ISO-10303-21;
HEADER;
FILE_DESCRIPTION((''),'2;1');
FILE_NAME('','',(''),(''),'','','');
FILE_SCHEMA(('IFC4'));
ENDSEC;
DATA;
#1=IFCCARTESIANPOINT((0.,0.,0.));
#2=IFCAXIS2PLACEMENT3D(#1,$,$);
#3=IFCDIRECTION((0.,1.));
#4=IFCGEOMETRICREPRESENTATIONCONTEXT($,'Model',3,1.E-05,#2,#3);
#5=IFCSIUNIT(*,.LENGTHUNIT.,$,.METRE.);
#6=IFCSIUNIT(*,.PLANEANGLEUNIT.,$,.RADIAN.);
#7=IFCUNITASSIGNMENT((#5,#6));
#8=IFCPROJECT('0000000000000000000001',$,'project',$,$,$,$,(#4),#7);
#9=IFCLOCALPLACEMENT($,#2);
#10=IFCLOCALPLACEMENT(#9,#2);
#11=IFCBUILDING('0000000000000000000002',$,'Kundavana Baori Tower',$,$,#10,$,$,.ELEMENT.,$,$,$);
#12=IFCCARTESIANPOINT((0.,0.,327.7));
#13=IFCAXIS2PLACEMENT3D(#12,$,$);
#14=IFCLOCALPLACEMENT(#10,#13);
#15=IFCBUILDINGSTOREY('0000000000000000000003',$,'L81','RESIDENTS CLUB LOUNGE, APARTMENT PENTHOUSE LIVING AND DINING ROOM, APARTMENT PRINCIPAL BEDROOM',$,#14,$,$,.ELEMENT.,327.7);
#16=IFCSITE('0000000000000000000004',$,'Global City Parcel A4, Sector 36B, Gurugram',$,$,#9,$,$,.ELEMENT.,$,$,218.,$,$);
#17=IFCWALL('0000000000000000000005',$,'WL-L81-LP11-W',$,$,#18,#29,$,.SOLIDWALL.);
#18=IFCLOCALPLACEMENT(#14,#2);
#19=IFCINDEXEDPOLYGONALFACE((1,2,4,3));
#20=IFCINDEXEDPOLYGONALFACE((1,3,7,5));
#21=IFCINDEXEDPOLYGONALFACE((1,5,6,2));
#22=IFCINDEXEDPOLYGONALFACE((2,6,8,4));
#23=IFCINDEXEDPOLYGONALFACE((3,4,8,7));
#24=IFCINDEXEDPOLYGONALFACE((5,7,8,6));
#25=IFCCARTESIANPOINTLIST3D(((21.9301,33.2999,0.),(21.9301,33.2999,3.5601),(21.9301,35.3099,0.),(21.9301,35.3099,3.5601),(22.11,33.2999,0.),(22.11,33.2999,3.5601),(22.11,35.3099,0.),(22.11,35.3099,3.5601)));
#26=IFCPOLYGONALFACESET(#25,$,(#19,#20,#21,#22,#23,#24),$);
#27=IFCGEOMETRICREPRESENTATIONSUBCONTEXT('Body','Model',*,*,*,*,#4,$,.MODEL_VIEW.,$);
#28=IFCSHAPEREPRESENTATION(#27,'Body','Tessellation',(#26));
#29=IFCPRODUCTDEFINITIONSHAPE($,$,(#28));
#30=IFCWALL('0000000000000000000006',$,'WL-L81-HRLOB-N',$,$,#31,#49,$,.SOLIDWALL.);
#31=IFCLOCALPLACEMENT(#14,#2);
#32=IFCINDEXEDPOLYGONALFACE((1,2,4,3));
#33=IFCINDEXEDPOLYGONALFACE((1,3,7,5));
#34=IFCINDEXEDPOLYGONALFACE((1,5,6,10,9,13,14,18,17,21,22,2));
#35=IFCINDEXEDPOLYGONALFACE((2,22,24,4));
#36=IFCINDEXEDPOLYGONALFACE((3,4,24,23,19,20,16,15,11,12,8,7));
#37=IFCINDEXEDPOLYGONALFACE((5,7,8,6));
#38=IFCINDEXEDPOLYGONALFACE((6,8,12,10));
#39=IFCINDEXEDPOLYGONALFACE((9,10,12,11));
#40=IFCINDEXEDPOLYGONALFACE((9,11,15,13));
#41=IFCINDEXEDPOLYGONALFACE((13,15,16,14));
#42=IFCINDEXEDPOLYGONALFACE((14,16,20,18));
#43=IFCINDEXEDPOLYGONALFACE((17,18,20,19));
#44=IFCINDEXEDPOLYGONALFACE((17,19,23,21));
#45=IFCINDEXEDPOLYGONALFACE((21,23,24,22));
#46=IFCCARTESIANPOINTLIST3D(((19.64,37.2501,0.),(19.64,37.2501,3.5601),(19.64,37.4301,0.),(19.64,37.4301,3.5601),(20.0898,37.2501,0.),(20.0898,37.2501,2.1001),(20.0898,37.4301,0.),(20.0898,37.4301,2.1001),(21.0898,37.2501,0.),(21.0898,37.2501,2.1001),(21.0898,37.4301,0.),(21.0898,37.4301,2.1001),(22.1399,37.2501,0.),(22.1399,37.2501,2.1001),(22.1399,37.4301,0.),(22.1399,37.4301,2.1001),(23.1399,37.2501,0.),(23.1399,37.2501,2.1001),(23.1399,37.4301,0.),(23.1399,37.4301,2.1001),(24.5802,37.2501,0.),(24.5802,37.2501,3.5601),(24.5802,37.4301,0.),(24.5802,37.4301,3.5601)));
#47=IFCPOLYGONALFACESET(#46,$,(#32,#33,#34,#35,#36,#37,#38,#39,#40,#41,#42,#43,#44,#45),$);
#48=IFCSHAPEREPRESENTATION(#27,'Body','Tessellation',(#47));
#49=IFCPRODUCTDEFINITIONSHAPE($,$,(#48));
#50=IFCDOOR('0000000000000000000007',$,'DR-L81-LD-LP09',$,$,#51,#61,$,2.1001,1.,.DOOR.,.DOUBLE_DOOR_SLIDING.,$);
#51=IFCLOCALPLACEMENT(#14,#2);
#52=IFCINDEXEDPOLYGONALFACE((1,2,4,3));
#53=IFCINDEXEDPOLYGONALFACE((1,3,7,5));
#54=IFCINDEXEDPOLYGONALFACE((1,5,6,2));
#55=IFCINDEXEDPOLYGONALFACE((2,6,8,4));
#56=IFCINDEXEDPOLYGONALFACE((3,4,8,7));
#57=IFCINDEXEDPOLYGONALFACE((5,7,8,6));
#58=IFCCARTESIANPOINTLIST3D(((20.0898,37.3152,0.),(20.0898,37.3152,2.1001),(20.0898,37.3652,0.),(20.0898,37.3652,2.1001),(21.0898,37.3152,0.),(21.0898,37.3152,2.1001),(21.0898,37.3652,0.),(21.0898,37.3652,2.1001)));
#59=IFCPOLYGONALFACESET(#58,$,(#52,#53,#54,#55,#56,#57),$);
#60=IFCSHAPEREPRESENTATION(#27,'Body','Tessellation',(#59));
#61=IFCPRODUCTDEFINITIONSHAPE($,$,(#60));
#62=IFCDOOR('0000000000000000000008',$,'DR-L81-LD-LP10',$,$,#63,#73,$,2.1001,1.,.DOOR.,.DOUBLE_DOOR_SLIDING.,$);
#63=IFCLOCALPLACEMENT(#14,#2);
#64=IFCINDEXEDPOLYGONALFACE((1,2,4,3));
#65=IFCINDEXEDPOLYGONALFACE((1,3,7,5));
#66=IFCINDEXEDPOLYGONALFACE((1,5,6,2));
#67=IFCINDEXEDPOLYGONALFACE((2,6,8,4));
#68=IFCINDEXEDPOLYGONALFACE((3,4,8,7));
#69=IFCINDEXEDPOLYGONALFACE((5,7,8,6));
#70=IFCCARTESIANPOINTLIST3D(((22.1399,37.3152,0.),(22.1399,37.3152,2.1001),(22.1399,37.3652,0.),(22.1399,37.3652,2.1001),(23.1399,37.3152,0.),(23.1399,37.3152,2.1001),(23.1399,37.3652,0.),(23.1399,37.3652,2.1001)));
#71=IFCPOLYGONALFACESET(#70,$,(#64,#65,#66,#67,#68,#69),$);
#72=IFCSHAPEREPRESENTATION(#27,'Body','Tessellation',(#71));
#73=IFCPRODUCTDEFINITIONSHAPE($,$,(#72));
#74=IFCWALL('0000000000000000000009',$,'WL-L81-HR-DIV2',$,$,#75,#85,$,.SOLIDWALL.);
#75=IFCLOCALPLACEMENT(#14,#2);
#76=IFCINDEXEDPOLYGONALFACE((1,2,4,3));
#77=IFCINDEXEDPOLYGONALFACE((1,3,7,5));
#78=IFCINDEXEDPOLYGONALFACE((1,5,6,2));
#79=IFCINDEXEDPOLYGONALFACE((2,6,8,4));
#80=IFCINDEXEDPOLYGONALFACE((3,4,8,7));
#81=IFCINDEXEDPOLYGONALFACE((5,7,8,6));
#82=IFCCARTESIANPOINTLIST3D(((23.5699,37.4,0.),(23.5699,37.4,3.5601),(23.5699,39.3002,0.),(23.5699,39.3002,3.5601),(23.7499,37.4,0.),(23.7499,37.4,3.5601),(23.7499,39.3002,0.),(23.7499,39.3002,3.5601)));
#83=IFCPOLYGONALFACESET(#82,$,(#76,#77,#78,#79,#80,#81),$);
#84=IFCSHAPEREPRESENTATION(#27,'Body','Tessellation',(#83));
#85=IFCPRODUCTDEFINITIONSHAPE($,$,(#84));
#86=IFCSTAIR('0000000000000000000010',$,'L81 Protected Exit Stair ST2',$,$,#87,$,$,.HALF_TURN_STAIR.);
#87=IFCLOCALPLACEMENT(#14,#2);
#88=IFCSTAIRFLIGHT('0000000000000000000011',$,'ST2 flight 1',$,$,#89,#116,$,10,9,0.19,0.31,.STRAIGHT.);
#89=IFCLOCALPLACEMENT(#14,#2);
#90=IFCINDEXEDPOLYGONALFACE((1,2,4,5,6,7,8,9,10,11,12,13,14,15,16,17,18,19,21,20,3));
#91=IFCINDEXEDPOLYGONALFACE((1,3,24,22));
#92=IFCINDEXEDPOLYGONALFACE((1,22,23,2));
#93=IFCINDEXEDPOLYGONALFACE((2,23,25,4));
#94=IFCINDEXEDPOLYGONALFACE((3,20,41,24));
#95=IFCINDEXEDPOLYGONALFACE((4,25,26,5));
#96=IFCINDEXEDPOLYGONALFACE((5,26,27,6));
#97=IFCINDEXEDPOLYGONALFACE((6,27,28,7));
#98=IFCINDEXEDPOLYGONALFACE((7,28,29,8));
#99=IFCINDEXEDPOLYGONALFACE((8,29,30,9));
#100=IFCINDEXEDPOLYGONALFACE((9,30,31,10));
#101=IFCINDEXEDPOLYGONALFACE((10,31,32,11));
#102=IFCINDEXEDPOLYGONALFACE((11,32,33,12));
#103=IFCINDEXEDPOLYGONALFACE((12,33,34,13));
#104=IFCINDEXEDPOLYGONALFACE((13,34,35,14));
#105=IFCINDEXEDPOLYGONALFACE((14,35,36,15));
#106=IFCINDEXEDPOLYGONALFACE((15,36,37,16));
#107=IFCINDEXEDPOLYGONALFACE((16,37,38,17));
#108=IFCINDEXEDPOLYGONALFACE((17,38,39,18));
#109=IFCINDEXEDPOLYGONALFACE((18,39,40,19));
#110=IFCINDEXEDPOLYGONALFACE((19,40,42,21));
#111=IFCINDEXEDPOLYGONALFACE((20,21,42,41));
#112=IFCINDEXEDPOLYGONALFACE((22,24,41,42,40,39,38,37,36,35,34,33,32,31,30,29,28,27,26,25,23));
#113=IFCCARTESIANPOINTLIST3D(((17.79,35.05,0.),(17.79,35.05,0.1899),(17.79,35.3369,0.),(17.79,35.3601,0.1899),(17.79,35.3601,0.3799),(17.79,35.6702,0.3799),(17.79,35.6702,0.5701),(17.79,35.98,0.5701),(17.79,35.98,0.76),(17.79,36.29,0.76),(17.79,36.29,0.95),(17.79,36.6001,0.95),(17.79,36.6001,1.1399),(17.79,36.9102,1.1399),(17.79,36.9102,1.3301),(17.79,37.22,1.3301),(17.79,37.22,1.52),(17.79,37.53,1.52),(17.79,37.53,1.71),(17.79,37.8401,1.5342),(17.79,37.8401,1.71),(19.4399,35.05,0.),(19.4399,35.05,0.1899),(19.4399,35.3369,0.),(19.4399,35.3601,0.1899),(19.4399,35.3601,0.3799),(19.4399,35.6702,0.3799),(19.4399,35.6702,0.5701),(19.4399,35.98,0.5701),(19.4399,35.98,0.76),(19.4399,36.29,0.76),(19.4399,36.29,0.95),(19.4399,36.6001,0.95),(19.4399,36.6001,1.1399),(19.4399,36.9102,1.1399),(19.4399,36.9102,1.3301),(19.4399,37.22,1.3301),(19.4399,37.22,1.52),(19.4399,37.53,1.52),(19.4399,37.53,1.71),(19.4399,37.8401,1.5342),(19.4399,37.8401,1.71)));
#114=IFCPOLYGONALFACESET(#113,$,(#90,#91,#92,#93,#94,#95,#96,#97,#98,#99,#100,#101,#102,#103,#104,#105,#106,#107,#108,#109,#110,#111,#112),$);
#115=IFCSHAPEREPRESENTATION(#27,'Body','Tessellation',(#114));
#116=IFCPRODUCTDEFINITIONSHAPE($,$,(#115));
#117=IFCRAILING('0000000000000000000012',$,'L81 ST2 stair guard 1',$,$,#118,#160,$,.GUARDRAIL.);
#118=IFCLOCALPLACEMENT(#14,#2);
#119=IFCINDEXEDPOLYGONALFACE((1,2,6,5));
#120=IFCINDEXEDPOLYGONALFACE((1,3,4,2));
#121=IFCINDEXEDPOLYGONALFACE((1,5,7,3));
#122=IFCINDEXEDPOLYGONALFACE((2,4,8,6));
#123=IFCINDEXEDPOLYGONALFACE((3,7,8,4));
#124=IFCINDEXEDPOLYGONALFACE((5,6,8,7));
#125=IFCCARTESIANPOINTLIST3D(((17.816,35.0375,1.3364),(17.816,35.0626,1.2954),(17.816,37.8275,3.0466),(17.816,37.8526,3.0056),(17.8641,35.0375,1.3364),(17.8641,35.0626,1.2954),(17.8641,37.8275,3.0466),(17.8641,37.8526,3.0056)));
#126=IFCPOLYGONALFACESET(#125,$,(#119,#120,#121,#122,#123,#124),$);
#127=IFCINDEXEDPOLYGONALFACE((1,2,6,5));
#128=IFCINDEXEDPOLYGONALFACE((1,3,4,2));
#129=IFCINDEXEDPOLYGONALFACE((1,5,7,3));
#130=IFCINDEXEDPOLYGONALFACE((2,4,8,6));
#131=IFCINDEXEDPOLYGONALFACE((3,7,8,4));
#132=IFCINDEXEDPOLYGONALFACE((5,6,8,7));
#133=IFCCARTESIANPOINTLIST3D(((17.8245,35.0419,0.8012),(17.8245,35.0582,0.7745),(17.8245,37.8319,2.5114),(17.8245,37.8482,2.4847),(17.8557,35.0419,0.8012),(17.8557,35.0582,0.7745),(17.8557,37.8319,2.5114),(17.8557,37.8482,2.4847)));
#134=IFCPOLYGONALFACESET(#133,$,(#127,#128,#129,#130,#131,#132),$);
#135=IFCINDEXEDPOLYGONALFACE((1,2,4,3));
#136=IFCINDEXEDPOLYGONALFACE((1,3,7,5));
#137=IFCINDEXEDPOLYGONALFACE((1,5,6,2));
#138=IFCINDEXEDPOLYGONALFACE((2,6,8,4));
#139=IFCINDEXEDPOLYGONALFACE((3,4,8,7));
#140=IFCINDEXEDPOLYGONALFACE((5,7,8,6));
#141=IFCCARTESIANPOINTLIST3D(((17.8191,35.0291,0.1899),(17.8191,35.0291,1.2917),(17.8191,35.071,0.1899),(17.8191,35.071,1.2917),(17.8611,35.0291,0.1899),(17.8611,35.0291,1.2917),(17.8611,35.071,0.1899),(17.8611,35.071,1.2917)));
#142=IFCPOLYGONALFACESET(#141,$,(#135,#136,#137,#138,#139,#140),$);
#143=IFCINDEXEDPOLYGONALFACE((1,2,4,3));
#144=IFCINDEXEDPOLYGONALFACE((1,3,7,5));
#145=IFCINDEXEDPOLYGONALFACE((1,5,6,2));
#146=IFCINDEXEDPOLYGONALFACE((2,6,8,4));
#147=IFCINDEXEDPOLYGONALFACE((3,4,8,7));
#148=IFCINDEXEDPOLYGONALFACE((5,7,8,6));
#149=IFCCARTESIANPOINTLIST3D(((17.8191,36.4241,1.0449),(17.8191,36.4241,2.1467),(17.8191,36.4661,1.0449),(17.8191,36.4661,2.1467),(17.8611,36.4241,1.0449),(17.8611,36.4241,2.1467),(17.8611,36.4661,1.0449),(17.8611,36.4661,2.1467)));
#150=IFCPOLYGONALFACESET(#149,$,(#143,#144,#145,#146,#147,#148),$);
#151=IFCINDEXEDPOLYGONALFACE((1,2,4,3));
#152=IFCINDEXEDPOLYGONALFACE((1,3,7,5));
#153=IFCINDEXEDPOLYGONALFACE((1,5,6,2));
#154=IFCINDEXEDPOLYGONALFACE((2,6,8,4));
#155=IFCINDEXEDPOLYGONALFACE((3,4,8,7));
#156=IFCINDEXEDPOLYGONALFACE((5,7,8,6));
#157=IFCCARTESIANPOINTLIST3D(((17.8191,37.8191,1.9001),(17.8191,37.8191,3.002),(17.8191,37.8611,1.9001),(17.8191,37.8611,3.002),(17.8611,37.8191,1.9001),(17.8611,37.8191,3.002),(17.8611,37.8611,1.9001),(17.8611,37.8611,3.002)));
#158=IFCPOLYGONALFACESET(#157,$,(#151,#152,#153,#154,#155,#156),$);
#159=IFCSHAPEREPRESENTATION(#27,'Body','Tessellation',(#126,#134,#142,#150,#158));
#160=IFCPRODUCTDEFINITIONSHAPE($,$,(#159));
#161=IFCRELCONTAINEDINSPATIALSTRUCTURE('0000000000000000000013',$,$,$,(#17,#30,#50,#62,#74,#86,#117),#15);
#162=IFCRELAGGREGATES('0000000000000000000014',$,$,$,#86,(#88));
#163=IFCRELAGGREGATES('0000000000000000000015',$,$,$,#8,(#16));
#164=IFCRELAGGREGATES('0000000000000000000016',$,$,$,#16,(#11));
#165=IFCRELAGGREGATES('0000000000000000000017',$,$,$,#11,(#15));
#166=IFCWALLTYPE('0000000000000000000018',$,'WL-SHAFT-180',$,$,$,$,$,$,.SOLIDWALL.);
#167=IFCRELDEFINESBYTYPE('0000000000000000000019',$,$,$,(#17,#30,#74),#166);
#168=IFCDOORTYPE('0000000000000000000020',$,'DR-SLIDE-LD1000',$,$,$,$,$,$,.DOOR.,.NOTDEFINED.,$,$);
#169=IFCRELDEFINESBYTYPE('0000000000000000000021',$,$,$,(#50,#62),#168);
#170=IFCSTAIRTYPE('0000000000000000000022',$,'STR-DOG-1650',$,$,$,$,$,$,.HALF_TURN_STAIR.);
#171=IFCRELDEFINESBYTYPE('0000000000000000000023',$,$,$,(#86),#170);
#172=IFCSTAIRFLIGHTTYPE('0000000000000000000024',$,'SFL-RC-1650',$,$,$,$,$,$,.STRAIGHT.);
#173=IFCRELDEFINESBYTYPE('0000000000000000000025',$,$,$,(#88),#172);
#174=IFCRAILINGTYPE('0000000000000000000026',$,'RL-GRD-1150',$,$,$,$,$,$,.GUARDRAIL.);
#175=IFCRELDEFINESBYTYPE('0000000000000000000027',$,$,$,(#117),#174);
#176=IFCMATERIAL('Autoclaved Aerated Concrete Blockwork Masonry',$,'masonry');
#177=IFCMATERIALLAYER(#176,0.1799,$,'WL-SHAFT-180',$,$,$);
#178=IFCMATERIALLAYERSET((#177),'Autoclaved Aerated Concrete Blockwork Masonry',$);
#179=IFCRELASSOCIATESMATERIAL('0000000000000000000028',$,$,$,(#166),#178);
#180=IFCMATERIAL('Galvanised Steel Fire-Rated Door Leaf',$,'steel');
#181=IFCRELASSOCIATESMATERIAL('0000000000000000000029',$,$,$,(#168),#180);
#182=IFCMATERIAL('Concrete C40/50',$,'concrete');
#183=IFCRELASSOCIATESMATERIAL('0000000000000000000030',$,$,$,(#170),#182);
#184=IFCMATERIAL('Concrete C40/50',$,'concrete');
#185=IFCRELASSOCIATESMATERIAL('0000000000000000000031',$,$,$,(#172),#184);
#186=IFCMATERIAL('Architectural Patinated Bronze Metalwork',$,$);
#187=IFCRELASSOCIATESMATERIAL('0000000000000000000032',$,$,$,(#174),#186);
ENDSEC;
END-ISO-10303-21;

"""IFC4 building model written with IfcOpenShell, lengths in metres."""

from ifc_helpers import new_model, si_unit, direction, frame, frame_2d, origin, origin_2d, place, context, subcontext, project, spatial, polyline, rectangle, outline, extrude, material, layer, layer_set, type_object, element, fill, aggregate, save


model = new_model("IFC4")

# Units and contexts
model_context = context("Model", 3, precision=1e-05, world=origin(), true_north=direction((0.0, 1.0)))
body_context = subcontext(model_context, "Body", "Model", "MODEL_VIEW")
ifc_project = project(units=[si_unit("LENGTHUNIT", "METRE"), si_unit("PLANEANGLEUNIT", "RADIAN")], contexts=[model_context])

# Site, building, storey
site_placement = place(None, origin())
site = spatial("IfcSite", under=ifc_project, at=site_placement, Name="Global City Parcel A4, Sector 36B, Gurugram", CompositionType="ELEMENT", RefElevation=218.0)
building_placement = place(site_placement, origin())
building = spatial("IfcBuilding", under=site, at=building_placement, Name="Kundavana Baori Tower", CompositionType="ELEMENT")
storey_placement = place(building_placement, frame((0.0, 0.0, 327.7)))
storey = spatial("IfcBuildingStorey", under=building, at=storey_placement, Name="L81", Description="RESIDENTS CLUB LOUNGE, APARTMENT PENTHOUSE LIVING AND DINING ROOM, APARTMENT PRINCIPAL BEDROOM", CompositionType="ELEMENT", Elevation=327.7)

# Shared definitions
ifc_material_1 = material(Name="Autoclaved Aerated Concrete Blockwork Masonry", Category="masonry")
ifc_layer_1 = layer(ifc_material_1, 0.1799, Name="WL-SHAFT-180")
ifc_layer_set_1 = layer_set([ifc_layer_1], Name="Autoclaved Aerated Concrete Blockwork Masonry")
wall_type_1 = type_object("IfcWallType", Name="WL-SHAFT-180", PredefinedType="SOLIDWALL", material=ifc_layer_set_1)

# Shared definitions
ifc_material_2 = material(Name="Galvanised Steel Fire-Rated Door Leaf", Category="steel")
door_type_1 = type_object("IfcDoorType", Name="DR-SLIDE-LD1000", OperationType="NOTDEFINED", PredefinedType="DOOR", material=ifc_material_2)

# Wall
wall_1_placement = place(storey_placement, frame((22.02, 33.3, 0.0), z_axis=(0.0, 0.0, 1.0), x_axis=(0.0, 1.0, 0.0)))
element("IfcWall", 1, at=wall_1_placement, inside=storey, type_object=wall_type_1, Name="WL-L81-LP11-W", PredefinedType="SOLIDWALL", context=body_context, shape_type="SweptSolid", body=[
    extrude(rectangle(XDim=2.01, YDim=0.1799, at=frame_2d((1.0049, 0.0))), origin(), (0.0, 0.0, 1.0), 3.5601),
])

# Wall, openings, doors
wall_2_placement = place(storey_placement, frame((19.6399, 37.3401, 0.0), z_axis=(0.0, 0.0, 1.0), x_axis=(1.0, 0.0, 0.0)))
wall_2 = element("IfcWall", 2, at=wall_2_placement, inside=storey, type_object=wall_type_1, Name="WL-L81-HRLOB-N", PredefinedType="SOLIDWALL", context=body_context, shape_type="SweptSolid", body=[
    extrude(rectangle(XDim=4.9402, YDim=0.1799, at=frame_2d((2.4702, 0.0))), origin(), (0.0, 0.0, 1.0), 3.5601),
])
opening_1_placement = place(wall_2_placement, frame((0.45, 0.0, 0.0)))
opening_1 = element("IfcOpeningElement", 3, at=opening_1_placement, cuts=wall_2, PredefinedType="OPENING", context=body_context, shape_type="SweptSolid", body=[
    extrude(rectangle(XDim=1.0, YDim=2.1001, at=frame_2d((0.5, 1.05))), frame((0.0, 0.1001, 0.0), z_axis=(0.0, -1.0, 0.0), x_axis=(1.0, 0.0, 0.0)), (0.0, 0.0, 1.0), 0.2),
])
opening_2_placement = place(wall_2_placement, frame((2.5, 0.0, 0.0)))
opening_2 = element("IfcOpeningElement", 4, at=opening_2_placement, cuts=wall_2, PredefinedType="OPENING", context=body_context, shape_type="SweptSolid", body=[
    extrude(rectangle(XDim=1.0, YDim=2.1001, at=frame_2d((0.5, 1.05))), frame((0.0, 0.1001, 0.0), z_axis=(0.0, -1.0, 0.0), x_axis=(1.0, 0.0, 0.0)), (0.0, 0.0, 1.0), 0.2),
])
door_1_placement = place(opening_1_placement, frame((1.0, 0.0, 0.0), z_axis=(0.0, 0.0, 1.0), x_axis=(-1.0, 0.0, 0.0)))
door_1 = element("IfcDoor", 5, at=door_1_placement, inside=storey, type_object=door_type_1, Name="DR-L81-LD-LP09", OperationType="DOUBLE_DOOR_SLIDING", OverallHeight=2.1001, OverallWidth=1.0, PredefinedType="DOOR", context=body_context, shape_type="SweptSolid", body=[
    extrude(rectangle(XDim=1.0, YDim=2.1001, at=frame_2d((0.5, 1.05))), frame((0.0, 0.0249, 0.0), z_axis=(0.0, -1.0, 0.0), x_axis=(1.0, 0.0, 0.0)), (0.0, 0.0, 1.0), 0.05),
])
fill(opening_1, door_1)
door_2_placement = place(opening_2_placement, frame((1.0, 0.0, 0.0), z_axis=(0.0, 0.0, 1.0), x_axis=(-1.0, 0.0, 0.0)))
door_2 = element("IfcDoor", 6, at=door_2_placement, inside=storey, type_object=door_type_1, Name="DR-L81-LD-LP10", OperationType="DOUBLE_DOOR_SLIDING", OverallHeight=2.1001, OverallWidth=1.0, PredefinedType="DOOR", context=body_context, shape_type="SweptSolid", body=[
    extrude(rectangle(XDim=1.0, YDim=2.1001, at=frame_2d((0.5, 1.05))), frame((0.0, 0.0249, 0.0), z_axis=(0.0, -1.0, 0.0), x_axis=(1.0, 0.0, 0.0)), (0.0, 0.0, 1.0), 0.05),
])
fill(opening_2, door_2)

# Wall
wall_3_placement = place(storey_placement, frame((23.6599, 37.3999, 0.0), z_axis=(0.0, 0.0, 1.0), x_axis=(0.0, 1.0, 0.0)))
element("IfcWall", 7, at=wall_3_placement, inside=storey, type_object=wall_type_1, Name="WL-L81-HR-DIV2", PredefinedType="SOLIDWALL", context=body_context, shape_type="SweptSolid", body=[
    extrude(rectangle(XDim=1.9001, YDim=0.1799, at=frame_2d((0.9502, 0.0))), origin(), (0.0, 0.0, 1.0), 3.5601),
])

# Stair, stair flight
ifc_material_3 = material(Name="Concrete C40/50", Category="concrete")
stair_type = type_object("IfcStairType", Name="STR-DOG-1650", PredefinedType="HALF_TURN_STAIR", material=ifc_material_3)
stair_placement = place(storey_placement, origin())
stair = element("IfcStair", 8, at=stair_placement, inside=storey, type_object=stair_type, Name="L81 Protected Exit Stair ST2", PredefinedType="HALF_TURN_STAIR")
ifc_material_4 = material(Name="Concrete C40/50", Category="concrete")
stair_flight_type = type_object("IfcStairFlightType", Name="SFL-RC-1650", PredefinedType="STRAIGHT", material=ifc_material_4)
stair_flight_placement = place(storey_placement, frame((18.615, 35.05, 0.0), z_axis=(0.0, 0.0, 1.0), x_axis=(0.0, 1.0, 0.0)))
stair_flight = element("IfcStairFlight", 9, at=stair_flight_placement, type_object=stair_flight_type, Name="ST2 flight 1", NumberOfRisers=10, NumberOfTreads=9, PredefinedType="STRAIGHT", RiserHeight=0.19, TreadLength=0.31, context=body_context, shape_type="SweptSolid", body=[
    extrude(outline(polyline([(0.0, 0.0), (0.0, 0.1899), (0.3101, 0.1899), (0.3101, 0.3799), (0.6201, 0.3799), (0.6201, 0.5701), (0.9299, 0.5701), (0.9299, 0.76), (1.24, 0.76), (1.24, 0.95), (1.55, 0.95), (1.55, 1.1399), (1.8601, 1.1399), (1.8601, 1.3301), (2.1699, 1.3301), (2.1699, 1.52), (2.48, 1.52), (2.48, 1.71), (2.79, 1.71), (2.79, 1.8999), (2.79, 1.5342), (0.2869, 0.0), (0.0, 0.0)])), frame((0.0, 0.825, 0.0), z_axis=(0.0, -1.0, 0.0), x_axis=(1.0, 0.0, 0.0)), (0.0, 0.0, 1.0), 1.6499),
])
aggregate(stair, [stair_flight])

# Railing
ifc_material_5 = material(Name="Architectural Patinated Bronze Metalwork")
railing_type_1 = type_object("IfcRailingType", Name="RL-GRD-1150", PredefinedType="GUARDRAIL", material=ifc_material_5)
railing_1_placement = place(storey_placement, frame((17.8401, 35.05, 0.1899)))
element("IfcRailing", 10, at=railing_1_placement, inside=storey, type_object=railing_type_1, Name="L81 ST2 stair guard 1", PredefinedType="GUARDRAIL", context=body_context, shape_type="SweptSolid", body=[
    extrude(rectangle(XDim=0.0481, YDim=0.0481, at=origin_2d()), frame((0.0, 0.0, 1.126), z_axis=(0.0, 0.852577, 0.522602), x_axis=(-1.0, 0.0, 0.0)), (0.0, 0.0, 1.0), 3.2725),
    extrude(rectangle(XDim=0.0312, YDim=0.0312, at=origin_2d()), frame((0.0, 0.0, 0.5979), z_axis=(0.0, 0.852577, 0.522602), x_axis=(-1.0, 0.0, 0.0)), (0.0, 0.0, 1.0), 3.2725),
    extrude(rectangle(XDim=0.042, YDim=0.042, at=origin_2d()), origin(), (0.0, 0.0, 1.0), 1.1018),
    extrude(rectangle(XDim=0.042, YDim=0.042, at=origin_2d()), frame((0.0, 1.395, 0.855)), (0.0, 0.0, 1.0), 1.1018),
    extrude(rectangle(XDim=0.042, YDim=0.042, at=origin_2d()), frame((0.0, 2.79, 1.7102)), (0.0, 0.0, 1.0), 1.1018),
])

save(model, "model.ifc")
